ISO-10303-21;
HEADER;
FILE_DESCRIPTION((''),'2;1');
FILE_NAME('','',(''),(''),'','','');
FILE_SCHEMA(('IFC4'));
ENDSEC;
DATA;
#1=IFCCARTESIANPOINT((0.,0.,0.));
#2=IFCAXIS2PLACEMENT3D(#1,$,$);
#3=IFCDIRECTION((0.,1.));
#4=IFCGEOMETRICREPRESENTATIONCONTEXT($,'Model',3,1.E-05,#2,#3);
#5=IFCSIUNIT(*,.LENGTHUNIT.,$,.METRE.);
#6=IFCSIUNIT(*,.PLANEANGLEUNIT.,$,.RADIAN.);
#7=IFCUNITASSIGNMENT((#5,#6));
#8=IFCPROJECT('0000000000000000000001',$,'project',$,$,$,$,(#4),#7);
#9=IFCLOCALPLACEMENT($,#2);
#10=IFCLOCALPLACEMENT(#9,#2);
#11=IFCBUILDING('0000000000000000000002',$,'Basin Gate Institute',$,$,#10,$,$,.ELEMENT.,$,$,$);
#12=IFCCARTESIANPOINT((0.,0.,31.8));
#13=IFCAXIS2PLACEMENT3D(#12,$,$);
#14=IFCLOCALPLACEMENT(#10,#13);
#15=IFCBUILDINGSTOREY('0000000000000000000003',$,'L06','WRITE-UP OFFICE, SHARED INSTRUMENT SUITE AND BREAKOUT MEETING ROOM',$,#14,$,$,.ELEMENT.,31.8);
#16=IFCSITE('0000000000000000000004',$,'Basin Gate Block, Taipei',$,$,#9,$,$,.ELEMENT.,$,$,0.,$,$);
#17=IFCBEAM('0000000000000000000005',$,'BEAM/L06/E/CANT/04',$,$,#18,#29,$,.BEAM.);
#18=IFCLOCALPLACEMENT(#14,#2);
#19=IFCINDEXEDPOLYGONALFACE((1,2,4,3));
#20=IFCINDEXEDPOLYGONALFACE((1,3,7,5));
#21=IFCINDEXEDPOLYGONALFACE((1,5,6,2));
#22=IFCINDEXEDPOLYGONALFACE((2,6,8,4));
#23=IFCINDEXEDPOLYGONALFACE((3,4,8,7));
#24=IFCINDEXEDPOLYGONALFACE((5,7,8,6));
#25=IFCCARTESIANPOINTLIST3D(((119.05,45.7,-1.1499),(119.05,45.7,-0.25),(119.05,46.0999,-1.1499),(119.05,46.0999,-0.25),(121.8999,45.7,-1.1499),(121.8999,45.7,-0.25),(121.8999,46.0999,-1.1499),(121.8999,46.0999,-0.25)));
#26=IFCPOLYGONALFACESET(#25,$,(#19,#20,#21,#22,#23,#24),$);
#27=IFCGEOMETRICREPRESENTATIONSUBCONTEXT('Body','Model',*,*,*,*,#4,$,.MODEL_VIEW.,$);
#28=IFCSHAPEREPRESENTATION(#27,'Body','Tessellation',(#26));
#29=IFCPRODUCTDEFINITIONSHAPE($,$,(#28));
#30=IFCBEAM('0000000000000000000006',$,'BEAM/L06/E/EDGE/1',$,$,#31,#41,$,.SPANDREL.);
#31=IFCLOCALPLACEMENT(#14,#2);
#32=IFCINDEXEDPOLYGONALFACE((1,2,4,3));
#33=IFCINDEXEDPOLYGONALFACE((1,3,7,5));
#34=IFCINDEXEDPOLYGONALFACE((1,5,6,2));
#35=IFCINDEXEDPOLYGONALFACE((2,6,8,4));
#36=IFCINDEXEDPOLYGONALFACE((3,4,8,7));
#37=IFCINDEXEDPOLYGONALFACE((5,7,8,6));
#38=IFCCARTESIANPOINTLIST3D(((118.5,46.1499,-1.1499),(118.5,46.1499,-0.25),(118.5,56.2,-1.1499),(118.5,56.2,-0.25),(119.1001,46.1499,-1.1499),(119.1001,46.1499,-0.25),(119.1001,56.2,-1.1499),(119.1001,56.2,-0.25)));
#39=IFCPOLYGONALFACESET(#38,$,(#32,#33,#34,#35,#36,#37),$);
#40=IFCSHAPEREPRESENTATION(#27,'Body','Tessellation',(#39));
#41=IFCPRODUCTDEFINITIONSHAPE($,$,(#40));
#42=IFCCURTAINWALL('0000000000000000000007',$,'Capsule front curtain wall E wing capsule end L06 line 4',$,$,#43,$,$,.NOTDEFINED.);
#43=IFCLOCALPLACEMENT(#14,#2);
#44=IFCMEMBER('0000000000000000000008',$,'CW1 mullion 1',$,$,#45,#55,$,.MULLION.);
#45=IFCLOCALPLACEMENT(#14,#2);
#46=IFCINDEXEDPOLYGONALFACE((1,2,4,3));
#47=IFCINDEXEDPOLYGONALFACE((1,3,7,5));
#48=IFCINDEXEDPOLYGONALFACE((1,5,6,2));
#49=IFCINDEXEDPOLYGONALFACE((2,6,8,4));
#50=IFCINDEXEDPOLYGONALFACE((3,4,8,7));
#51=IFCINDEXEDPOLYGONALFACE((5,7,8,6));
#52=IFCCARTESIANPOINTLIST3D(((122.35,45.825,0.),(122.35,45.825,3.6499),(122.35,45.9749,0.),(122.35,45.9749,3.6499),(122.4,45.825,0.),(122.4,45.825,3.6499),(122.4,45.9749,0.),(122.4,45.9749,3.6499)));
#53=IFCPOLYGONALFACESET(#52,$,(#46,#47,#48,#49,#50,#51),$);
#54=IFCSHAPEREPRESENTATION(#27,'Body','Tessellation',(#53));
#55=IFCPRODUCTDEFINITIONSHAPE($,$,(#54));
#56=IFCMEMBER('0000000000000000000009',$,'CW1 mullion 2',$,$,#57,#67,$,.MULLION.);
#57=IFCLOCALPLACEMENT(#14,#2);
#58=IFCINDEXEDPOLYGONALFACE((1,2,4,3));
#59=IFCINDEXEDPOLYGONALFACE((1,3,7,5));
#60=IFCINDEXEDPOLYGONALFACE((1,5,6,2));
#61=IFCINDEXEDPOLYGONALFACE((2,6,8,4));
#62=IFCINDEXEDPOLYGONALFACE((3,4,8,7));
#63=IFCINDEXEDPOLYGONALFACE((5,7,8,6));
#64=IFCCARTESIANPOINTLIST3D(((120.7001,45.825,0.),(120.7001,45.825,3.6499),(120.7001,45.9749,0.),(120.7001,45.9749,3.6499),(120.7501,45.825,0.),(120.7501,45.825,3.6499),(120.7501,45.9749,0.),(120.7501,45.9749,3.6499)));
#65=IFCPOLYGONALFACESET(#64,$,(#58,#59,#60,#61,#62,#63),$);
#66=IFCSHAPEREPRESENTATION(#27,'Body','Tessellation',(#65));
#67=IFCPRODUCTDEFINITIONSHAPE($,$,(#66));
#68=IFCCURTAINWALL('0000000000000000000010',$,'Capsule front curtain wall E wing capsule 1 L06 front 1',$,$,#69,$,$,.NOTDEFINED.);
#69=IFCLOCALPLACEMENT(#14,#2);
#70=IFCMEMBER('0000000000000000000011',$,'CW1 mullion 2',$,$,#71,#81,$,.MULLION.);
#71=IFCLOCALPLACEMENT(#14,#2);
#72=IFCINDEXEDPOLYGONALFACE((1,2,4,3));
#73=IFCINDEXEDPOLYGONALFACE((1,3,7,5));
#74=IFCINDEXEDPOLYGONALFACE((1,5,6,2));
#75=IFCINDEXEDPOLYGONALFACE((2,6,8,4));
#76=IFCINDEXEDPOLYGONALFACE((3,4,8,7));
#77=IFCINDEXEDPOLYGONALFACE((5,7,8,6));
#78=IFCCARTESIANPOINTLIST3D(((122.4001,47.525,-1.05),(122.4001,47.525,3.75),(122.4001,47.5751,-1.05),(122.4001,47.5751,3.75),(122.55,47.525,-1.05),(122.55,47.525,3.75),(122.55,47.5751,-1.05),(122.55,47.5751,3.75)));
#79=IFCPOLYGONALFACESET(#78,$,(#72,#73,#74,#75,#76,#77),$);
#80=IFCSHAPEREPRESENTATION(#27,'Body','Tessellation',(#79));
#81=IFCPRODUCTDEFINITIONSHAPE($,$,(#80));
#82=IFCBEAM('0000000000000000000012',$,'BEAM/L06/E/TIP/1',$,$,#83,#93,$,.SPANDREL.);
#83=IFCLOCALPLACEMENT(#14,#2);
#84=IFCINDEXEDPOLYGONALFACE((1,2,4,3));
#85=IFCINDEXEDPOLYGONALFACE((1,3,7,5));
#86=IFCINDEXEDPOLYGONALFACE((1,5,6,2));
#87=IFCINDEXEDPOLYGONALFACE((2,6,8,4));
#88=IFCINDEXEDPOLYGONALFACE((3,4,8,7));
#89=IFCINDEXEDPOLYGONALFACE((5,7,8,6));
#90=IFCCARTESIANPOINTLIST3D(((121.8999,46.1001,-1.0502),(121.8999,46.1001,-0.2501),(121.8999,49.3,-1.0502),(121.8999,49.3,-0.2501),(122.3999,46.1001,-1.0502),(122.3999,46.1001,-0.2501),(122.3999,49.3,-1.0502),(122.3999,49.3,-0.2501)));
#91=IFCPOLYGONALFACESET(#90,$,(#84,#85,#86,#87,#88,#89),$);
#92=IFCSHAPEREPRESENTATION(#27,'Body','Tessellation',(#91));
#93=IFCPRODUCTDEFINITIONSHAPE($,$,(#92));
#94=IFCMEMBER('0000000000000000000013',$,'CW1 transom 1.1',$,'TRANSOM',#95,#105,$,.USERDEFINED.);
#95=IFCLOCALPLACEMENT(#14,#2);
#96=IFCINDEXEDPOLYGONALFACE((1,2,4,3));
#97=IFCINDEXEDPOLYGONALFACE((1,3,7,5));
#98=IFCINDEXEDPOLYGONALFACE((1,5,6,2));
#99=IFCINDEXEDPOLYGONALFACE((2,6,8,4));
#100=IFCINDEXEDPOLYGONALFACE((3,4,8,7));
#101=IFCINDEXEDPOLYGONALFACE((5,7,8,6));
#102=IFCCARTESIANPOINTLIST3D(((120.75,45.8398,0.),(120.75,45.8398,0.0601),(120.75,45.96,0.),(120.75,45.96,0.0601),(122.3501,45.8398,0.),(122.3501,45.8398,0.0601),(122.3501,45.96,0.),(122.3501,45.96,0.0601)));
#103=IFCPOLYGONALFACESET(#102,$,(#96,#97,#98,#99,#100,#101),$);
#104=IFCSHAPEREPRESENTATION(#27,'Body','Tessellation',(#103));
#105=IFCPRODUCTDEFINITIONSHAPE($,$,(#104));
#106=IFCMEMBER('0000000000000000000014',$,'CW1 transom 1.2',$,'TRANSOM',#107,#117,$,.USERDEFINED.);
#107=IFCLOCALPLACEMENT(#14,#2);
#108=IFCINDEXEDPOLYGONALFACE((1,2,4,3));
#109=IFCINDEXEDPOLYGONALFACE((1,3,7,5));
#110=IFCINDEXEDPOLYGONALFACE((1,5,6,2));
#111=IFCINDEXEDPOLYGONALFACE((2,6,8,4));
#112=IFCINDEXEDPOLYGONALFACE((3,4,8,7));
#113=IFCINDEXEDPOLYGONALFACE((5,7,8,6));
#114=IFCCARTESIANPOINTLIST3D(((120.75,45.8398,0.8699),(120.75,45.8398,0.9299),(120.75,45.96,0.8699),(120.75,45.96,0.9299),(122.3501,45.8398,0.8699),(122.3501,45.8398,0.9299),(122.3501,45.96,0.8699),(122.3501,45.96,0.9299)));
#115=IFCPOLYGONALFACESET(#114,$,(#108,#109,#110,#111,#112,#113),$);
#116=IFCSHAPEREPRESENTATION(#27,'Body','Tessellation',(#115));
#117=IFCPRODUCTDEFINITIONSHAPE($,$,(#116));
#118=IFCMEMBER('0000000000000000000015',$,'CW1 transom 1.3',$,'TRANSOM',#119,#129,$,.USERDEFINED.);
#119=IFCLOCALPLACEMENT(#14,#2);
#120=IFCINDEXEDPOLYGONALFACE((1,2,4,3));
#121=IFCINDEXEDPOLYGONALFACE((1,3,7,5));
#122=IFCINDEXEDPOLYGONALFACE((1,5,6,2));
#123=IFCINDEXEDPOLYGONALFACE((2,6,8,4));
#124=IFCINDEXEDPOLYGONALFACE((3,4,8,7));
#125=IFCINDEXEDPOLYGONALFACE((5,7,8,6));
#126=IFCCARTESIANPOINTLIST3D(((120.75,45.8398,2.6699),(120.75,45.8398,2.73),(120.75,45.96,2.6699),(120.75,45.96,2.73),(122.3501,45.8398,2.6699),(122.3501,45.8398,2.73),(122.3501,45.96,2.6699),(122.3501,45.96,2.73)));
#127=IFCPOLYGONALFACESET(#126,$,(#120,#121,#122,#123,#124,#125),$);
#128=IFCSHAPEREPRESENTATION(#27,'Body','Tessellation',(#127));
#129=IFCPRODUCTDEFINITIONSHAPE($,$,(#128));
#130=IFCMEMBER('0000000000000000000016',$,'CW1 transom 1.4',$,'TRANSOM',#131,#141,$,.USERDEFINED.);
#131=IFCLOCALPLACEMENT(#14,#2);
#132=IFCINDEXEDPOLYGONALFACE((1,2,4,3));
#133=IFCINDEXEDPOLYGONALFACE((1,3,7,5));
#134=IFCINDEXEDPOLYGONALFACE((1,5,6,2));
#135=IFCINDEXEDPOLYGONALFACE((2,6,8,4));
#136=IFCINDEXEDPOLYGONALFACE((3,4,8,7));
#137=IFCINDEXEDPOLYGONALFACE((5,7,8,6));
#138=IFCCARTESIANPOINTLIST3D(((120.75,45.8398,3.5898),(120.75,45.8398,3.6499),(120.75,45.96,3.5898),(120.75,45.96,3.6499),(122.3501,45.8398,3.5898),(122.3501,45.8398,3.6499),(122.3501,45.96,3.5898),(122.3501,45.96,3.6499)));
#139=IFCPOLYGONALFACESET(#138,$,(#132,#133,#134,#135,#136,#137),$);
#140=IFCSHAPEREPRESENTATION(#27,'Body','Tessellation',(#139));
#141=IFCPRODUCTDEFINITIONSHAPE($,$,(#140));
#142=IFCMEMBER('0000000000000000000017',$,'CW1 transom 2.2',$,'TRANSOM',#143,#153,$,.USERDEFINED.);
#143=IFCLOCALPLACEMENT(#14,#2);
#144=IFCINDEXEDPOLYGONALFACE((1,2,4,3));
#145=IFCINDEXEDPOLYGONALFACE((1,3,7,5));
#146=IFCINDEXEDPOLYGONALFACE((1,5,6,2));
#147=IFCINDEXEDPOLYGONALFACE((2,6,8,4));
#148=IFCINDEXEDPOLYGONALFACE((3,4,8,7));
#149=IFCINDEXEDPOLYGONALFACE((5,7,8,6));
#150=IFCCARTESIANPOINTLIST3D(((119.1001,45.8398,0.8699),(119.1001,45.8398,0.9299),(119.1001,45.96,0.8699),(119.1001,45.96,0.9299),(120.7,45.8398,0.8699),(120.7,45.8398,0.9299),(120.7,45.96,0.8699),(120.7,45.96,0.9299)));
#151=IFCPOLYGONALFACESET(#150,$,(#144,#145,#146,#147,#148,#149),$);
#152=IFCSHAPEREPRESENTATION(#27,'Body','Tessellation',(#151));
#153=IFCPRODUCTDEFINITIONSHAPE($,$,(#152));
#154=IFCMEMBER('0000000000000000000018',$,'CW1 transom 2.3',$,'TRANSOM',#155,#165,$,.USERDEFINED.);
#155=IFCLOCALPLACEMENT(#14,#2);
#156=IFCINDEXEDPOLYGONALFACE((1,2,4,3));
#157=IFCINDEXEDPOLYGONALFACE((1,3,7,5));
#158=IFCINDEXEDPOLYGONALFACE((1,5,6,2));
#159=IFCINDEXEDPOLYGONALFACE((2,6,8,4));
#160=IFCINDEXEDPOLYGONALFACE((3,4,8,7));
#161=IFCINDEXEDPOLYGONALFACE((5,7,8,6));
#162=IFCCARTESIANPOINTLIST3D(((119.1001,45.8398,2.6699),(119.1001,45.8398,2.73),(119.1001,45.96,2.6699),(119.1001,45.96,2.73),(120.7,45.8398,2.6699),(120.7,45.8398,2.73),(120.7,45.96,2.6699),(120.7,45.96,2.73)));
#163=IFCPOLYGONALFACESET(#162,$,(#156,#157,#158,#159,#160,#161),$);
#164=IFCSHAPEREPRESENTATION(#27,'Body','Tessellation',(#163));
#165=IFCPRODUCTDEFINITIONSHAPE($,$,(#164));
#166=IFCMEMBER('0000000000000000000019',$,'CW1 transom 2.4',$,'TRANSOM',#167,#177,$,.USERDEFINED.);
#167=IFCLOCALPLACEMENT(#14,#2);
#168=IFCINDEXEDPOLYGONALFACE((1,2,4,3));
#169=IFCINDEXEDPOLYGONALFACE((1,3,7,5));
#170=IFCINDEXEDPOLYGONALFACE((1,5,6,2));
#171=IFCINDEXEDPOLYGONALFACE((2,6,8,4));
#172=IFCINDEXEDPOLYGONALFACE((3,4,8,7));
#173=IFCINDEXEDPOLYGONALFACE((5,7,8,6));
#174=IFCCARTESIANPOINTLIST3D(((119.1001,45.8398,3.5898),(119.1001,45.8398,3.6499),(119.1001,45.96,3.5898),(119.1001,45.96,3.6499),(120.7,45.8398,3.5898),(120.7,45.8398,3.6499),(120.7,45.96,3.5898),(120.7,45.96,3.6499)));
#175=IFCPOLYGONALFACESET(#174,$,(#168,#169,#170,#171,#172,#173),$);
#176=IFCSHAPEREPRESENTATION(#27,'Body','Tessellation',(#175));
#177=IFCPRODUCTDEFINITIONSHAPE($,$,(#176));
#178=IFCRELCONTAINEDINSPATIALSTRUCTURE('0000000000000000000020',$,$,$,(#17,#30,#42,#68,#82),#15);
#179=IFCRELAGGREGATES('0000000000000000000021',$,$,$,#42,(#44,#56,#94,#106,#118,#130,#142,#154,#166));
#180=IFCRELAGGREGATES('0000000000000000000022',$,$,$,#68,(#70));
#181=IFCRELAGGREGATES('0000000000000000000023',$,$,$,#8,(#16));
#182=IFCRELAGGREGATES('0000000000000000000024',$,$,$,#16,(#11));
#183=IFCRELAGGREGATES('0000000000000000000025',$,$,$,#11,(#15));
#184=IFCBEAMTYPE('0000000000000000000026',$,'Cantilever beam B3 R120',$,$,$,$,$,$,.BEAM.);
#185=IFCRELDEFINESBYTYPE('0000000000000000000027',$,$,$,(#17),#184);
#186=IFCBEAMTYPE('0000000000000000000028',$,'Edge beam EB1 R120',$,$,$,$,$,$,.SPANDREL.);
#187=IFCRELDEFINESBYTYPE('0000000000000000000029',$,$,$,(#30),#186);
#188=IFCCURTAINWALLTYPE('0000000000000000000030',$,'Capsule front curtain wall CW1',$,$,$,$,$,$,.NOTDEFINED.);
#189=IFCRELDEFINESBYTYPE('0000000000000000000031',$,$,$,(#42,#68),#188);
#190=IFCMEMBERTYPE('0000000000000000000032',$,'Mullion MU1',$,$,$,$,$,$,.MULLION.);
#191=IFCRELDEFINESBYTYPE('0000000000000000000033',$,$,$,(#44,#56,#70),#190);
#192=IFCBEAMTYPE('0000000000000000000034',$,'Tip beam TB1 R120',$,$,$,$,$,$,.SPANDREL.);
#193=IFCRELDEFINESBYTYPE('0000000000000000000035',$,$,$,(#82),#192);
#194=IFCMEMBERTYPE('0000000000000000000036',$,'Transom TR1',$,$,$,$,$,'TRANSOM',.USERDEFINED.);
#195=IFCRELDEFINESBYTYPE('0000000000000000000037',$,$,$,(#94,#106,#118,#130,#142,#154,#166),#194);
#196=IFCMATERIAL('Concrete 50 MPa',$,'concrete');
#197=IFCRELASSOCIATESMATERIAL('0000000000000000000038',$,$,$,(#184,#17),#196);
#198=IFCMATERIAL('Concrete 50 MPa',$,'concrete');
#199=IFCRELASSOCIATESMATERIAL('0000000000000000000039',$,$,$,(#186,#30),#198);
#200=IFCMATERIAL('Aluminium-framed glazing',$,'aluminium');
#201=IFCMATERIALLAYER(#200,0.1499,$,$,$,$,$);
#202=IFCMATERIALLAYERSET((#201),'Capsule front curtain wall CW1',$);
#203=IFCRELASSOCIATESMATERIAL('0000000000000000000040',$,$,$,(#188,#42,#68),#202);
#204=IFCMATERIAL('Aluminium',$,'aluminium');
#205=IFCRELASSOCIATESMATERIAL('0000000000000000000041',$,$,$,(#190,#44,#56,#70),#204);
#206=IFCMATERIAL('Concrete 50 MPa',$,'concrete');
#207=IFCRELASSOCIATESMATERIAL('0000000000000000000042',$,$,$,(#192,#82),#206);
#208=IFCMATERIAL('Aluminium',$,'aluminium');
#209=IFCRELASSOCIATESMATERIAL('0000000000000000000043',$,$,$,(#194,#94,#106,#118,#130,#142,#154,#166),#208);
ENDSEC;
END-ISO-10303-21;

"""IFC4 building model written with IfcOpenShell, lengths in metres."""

from ifc_helpers import new_model, si_unit, direction, frame, origin, origin_2d, place, context, subcontext, project, spatial, rectangle, extrude, material, layer, layer_set, material_profile, profile_set, type_object, element, aggregate, save


model = new_model("IFC4")

# Units and contexts
model_context = context("Model", 3, precision=1e-05, world=origin(), true_north=direction((0.0, 1.0)))
body_context = subcontext(model_context, "Body", "Model", "MODEL_VIEW")
ifc_project = project(units=[si_unit("LENGTHUNIT", "METRE"), si_unit("PLANEANGLEUNIT", "RADIAN")], contexts=[model_context])

# Site, building, storey
site_placement = place(None, origin())
site = spatial("IfcSite", under=ifc_project, at=site_placement, Name="Basin Gate Block, Taipei", CompositionType="ELEMENT", RefElevation=0.0)
building_placement = place(site_placement, origin())
building = spatial("IfcBuilding", under=site, at=building_placement, Name="Basin Gate Institute", CompositionType="ELEMENT")
storey_placement = place(building_placement, frame((0.0, 0.0, 31.8)))
storey = spatial("IfcBuildingStorey", under=building, at=storey_placement, Name="L06", Description="WRITE-UP OFFICE, SHARED INSTRUMENT SUITE AND BREAKOUT MEETING ROOM", CompositionType="ELEMENT", Elevation=31.8)

# Beams
ifc_material_1 = material(Name="Concrete 50 MPa", Category="concrete")
ifc_material_profile_1 = material_profile(ifc_material_1, rectangle(XDim=0.3999, YDim=0.8999, at=origin_2d()), Name="Cantilever beam B3 400 x 900")
ifc_profile_set_1 = profile_set([ifc_material_profile_1], Name="Concrete 50 MPa")
beam_type_1 = type_object("IfcBeamType", Name="Cantilever beam B3 R120", PredefinedType="BEAM", material=ifc_profile_set_1)
beam_1_placement = place(storey_placement, frame((121.8999, 45.8999, -0.7), z_axis=(-1.0, 0.0, 0.0), x_axis=(0.0, -1.0, 0.0)))
element("IfcBeam", 1, at=beam_1_placement, inside=storey, type_object=beam_type_1, material=ifc_profile_set_1, Name="BEAM/L06/E/CANT/04", PredefinedType="BEAM", context=body_context, shape_type="SweptSolid", body=[
    extrude(rectangle(XDim=0.3999, YDim=0.8999, at=origin_2d()), origin(), (0.0, 0.0, 1.0), 2.8499),
])
ifc_material_2 = material(Name="Concrete 50 MPa", Category="concrete")
ifc_material_profile_2 = material_profile(ifc_material_2, rectangle(XDim=0.6001, YDim=0.8999, at=origin_2d()), Name="Edge beam EB1 600 x 900")
ifc_profile_set_2 = profile_set([ifc_material_profile_2], Name="Concrete 50 MPa")
beam_type_2 = type_object("IfcBeamType", Name="Edge beam EB1 R120", PredefinedType="SPANDREL", material=ifc_profile_set_2)
beam_2_placement = place(storey_placement, frame((118.8, 46.1499, -0.7), z_axis=(0.0, 1.0, 0.0), x_axis=(-1.0, 0.0, 0.0)))
element("IfcBeam", 2, at=beam_2_placement, inside=storey, type_object=beam_type_2, material=ifc_profile_set_2, Name="BEAM/L06/E/EDGE/1", PredefinedType="SPANDREL", context=body_context, shape_type="SweptSolid", body=[
    extrude(rectangle(XDim=0.6001, YDim=0.8999, at=origin_2d()), origin(), (0.0, 0.0, 1.0), 10.05),
])

# Curtain wall, members
ifc_material_3 = material(Name="Aluminium-framed glazing", Category="aluminium")
ifc_layer_1 = layer(ifc_material_3, 0.1499)
ifc_layer_set_1 = layer_set([ifc_layer_1], Name="Capsule front curtain wall CW1")
curtain_wall_type = type_object("IfcCurtainWallType", Name="Capsule front curtain wall CW1", PredefinedType="NOTDEFINED", material=ifc_layer_set_1)
curtain_wall_1_placement = place(storey_placement, origin())
curtain_wall_1 = element("IfcCurtainWall", 3, at=curtain_wall_1_placement, inside=storey, type_object=curtain_wall_type, material=ifc_layer_set_1, Name="Capsule front curtain wall E wing capsule end L06 line 4", PredefinedType="NOTDEFINED")
ifc_material_4 = material(Name="Aluminium", Category="aluminium")
ifc_material_profile_3 = material_profile(ifc_material_4, rectangle(XDim=0.1499, YDim=0.05, at=origin_2d()), Name="Mullion MU1 150 x 50")
ifc_profile_set_3 = profile_set([ifc_material_profile_3], Name="Aluminium")
member_type_1 = type_object("IfcMemberType", Name="Mullion MU1", PredefinedType="MULLION", material=ifc_profile_set_3)
member_1_placement = place(storey_placement, frame((122.375, 45.8999, 0.0), z_axis=(0.0, 0.0, 1.0), x_axis=(0.0, -1.0, 0.0)))
member_1 = element("IfcMember", 4, at=member_1_placement, type_object=member_type_1, material=ifc_profile_set_3, Name="CW1 mullion 1", PredefinedType="MULLION", context=body_context, shape_type="SweptSolid", body=[
    extrude(rectangle(XDim=0.1499, YDim=0.05, at=origin_2d()), origin(), (0.0, 0.0, 1.0), 3.6499),
])
member_2_placement = place(storey_placement, frame((120.7251, 45.8999, 0.0), z_axis=(0.0, 0.0, 1.0), x_axis=(0.0, -1.0, 0.0)))
member_2 = element("IfcMember", 5, at=member_2_placement, type_object=member_type_1, material=ifc_profile_set_3, Name="CW1 mullion 2", PredefinedType="MULLION", context=body_context, shape_type="SweptSolid", body=[
    extrude(rectangle(XDim=0.1499, YDim=0.05, at=origin_2d()), origin(), (0.0, 0.0, 1.0), 3.6499),
])

# Curtain wall, member
curtain_wall_2_placement = place(storey_placement, origin())
curtain_wall_2 = element("IfcCurtainWall", 6, at=curtain_wall_2_placement, inside=storey, type_object=curtain_wall_type, material=ifc_layer_set_1, Name="Capsule front curtain wall E wing capsule 1 L06 front 1", PredefinedType="NOTDEFINED")
member_3_placement = place(storey_placement, frame((122.4751, 47.55, -1.05), z_axis=(0.0, 0.0, 1.0), x_axis=(-1.0, 0.0, 0.0)))
member_3 = element("IfcMember", 7, at=member_3_placement, type_object=member_type_1, material=ifc_profile_set_3, Name="CW1 mullion 2", PredefinedType="MULLION", context=body_context, shape_type="SweptSolid", body=[
    extrude(rectangle(XDim=0.1499, YDim=0.05, at=origin_2d()), origin(), (0.0, 0.0, 1.0), 4.8),
])

# Beam
ifc_material_5 = material(Name="Concrete 50 MPa", Category="concrete")
ifc_material_profile_4 = material_profile(ifc_material_5, rectangle(XDim=0.5, YDim=0.8, at=origin_2d()), Name="Tip beam TB1 500 x 800")
ifc_profile_set_4 = profile_set([ifc_material_profile_4], Name="Concrete 50 MPa")
beam_type_3 = type_object("IfcBeamType", Name="Tip beam TB1 R120", PredefinedType="SPANDREL", material=ifc_profile_set_4)
beam_3_placement = place(storey_placement, frame((122.1499, 46.1001, -0.6501), z_axis=(0.0, 1.0, 0.0), x_axis=(-1.0, 0.0, 0.0)))
element("IfcBeam", 8, at=beam_3_placement, inside=storey, type_object=beam_type_3, material=ifc_profile_set_4, Name="BEAM/L06/E/TIP/1", PredefinedType="SPANDREL", context=body_context, shape_type="SweptSolid", body=[
    extrude(rectangle(XDim=0.5, YDim=0.8, at=origin_2d()), origin(), (0.0, 0.0, 1.0), 3.2),
])

# Members
ifc_material_6 = material(Name="Aluminium", Category="aluminium")
ifc_material_profile_5 = material_profile(ifc_material_6, rectangle(XDim=0.1201, YDim=0.0601, at=origin_2d()), Name="Transom TR1 120 x 60")
ifc_profile_set_5 = profile_set([ifc_material_profile_5], Name="Aluminium")
member_type_2 = type_object("IfcMemberType", Name="Transom TR1", ElementType="TRANSOM", PredefinedType="USERDEFINED", material=ifc_profile_set_5)
member_4_placement = place(storey_placement, frame((122.3501, 45.8999, 0.03), z_axis=(-1.0, 0.0, 0.0), x_axis=(0.0, -1.0, 0.0)))
member_4 = element("IfcMember", 9, at=member_4_placement, type_object=member_type_2, material=ifc_profile_set_5, Name="CW1 transom 1.1", ObjectType="TRANSOM", PredefinedType="USERDEFINED", context=body_context, shape_type="SweptSolid", body=[
    extrude(rectangle(XDim=0.1201, YDim=0.0601, at=origin_2d()), origin(), (0.0, 0.0, 1.0), 1.6001),
])
member_5_placement = place(storey_placement, frame((122.3501, 45.8999, 0.8999), z_axis=(-1.0, 0.0, 0.0), x_axis=(0.0, -1.0, 0.0)))
member_5 = element("IfcMember", 10, at=member_5_placement, type_object=member_type_2, material=ifc_profile_set_5, Name="CW1 transom 1.2", ObjectType="TRANSOM", PredefinedType="USERDEFINED", context=body_context, shape_type="SweptSolid", body=[
    extrude(rectangle(XDim=0.1201, YDim=0.0601, at=origin_2d()), origin(), (0.0, 0.0, 1.0), 1.6001),
])
member_6_placement = place(storey_placement, frame((122.3501, 45.8999, 2.7), z_axis=(-1.0, 0.0, 0.0), x_axis=(0.0, -1.0, 0.0)))
member_6 = element("IfcMember", 11, at=member_6_placement, type_object=member_type_2, material=ifc_profile_set_5, Name="CW1 transom 1.3", ObjectType="TRANSOM", PredefinedType="USERDEFINED", context=body_context, shape_type="SweptSolid", body=[
    extrude(rectangle(XDim=0.1201, YDim=0.0601, at=origin_2d()), origin(), (0.0, 0.0, 1.0), 1.6001),
])
member_7_placement = place(storey_placement, frame((122.3501, 45.8999, 3.6199), z_axis=(-1.0, 0.0, 0.0), x_axis=(0.0, -1.0, 0.0)))
member_7 = element("IfcMember", 12, at=member_7_placement, type_object=member_type_2, material=ifc_profile_set_5, Name="CW1 transom 1.4", ObjectType="TRANSOM", PredefinedType="USERDEFINED", context=body_context, shape_type="SweptSolid", body=[
    extrude(rectangle(XDim=0.1201, YDim=0.0601, at=origin_2d()), origin(), (0.0, 0.0, 1.0), 1.6001),
])
member_8_placement = place(storey_placement, frame((120.7, 45.8999, 0.8999), z_axis=(-1.0, 0.0, 0.0), x_axis=(0.0, -1.0, 0.0)))
member_8 = element("IfcMember", 13, at=member_8_placement, type_object=member_type_2, material=ifc_profile_set_5, Name="CW1 transom 2.2", ObjectType="TRANSOM", PredefinedType="USERDEFINED", context=body_context, shape_type="SweptSolid", body=[
    extrude(rectangle(XDim=0.1201, YDim=0.0601, at=origin_2d()), origin(), (0.0, 0.0, 1.0), 1.5999),
])
member_9_placement = place(storey_placement, frame((120.7, 45.8999, 2.7), z_axis=(-1.0, 0.0, 0.0), x_axis=(0.0, -1.0, 0.0)))
member_9 = element("IfcMember", 14, at=member_9_placement, type_object=member_type_2, material=ifc_profile_set_5, Name="CW1 transom 2.3", ObjectType="TRANSOM", PredefinedType="USERDEFINED", context=body_context, shape_type="SweptSolid", body=[
    extrude(rectangle(XDim=0.1201, YDim=0.0601, at=origin_2d()), origin(), (0.0, 0.0, 1.0), 1.5999),
])
member_10_placement = place(storey_placement, frame((120.7, 45.8999, 3.6199), z_axis=(-1.0, 0.0, 0.0), x_axis=(0.0, -1.0, 0.0)))
member_10 = element("IfcMember", 15, at=member_10_placement, type_object=member_type_2, material=ifc_profile_set_5, Name="CW1 transom 2.4", ObjectType="TRANSOM", PredefinedType="USERDEFINED", context=body_context, shape_type="SweptSolid", body=[
    extrude(rectangle(XDim=0.1201, YDim=0.0601, at=origin_2d()), origin(), (0.0, 0.0, 1.0), 1.5999),
])

aggregate(curtain_wall_1, [member_1, member_2, member_4, member_5, member_6, member_7, member_8, member_9, member_10])
aggregate(curtain_wall_2, [member_3])

save(model, "model.ifc")
